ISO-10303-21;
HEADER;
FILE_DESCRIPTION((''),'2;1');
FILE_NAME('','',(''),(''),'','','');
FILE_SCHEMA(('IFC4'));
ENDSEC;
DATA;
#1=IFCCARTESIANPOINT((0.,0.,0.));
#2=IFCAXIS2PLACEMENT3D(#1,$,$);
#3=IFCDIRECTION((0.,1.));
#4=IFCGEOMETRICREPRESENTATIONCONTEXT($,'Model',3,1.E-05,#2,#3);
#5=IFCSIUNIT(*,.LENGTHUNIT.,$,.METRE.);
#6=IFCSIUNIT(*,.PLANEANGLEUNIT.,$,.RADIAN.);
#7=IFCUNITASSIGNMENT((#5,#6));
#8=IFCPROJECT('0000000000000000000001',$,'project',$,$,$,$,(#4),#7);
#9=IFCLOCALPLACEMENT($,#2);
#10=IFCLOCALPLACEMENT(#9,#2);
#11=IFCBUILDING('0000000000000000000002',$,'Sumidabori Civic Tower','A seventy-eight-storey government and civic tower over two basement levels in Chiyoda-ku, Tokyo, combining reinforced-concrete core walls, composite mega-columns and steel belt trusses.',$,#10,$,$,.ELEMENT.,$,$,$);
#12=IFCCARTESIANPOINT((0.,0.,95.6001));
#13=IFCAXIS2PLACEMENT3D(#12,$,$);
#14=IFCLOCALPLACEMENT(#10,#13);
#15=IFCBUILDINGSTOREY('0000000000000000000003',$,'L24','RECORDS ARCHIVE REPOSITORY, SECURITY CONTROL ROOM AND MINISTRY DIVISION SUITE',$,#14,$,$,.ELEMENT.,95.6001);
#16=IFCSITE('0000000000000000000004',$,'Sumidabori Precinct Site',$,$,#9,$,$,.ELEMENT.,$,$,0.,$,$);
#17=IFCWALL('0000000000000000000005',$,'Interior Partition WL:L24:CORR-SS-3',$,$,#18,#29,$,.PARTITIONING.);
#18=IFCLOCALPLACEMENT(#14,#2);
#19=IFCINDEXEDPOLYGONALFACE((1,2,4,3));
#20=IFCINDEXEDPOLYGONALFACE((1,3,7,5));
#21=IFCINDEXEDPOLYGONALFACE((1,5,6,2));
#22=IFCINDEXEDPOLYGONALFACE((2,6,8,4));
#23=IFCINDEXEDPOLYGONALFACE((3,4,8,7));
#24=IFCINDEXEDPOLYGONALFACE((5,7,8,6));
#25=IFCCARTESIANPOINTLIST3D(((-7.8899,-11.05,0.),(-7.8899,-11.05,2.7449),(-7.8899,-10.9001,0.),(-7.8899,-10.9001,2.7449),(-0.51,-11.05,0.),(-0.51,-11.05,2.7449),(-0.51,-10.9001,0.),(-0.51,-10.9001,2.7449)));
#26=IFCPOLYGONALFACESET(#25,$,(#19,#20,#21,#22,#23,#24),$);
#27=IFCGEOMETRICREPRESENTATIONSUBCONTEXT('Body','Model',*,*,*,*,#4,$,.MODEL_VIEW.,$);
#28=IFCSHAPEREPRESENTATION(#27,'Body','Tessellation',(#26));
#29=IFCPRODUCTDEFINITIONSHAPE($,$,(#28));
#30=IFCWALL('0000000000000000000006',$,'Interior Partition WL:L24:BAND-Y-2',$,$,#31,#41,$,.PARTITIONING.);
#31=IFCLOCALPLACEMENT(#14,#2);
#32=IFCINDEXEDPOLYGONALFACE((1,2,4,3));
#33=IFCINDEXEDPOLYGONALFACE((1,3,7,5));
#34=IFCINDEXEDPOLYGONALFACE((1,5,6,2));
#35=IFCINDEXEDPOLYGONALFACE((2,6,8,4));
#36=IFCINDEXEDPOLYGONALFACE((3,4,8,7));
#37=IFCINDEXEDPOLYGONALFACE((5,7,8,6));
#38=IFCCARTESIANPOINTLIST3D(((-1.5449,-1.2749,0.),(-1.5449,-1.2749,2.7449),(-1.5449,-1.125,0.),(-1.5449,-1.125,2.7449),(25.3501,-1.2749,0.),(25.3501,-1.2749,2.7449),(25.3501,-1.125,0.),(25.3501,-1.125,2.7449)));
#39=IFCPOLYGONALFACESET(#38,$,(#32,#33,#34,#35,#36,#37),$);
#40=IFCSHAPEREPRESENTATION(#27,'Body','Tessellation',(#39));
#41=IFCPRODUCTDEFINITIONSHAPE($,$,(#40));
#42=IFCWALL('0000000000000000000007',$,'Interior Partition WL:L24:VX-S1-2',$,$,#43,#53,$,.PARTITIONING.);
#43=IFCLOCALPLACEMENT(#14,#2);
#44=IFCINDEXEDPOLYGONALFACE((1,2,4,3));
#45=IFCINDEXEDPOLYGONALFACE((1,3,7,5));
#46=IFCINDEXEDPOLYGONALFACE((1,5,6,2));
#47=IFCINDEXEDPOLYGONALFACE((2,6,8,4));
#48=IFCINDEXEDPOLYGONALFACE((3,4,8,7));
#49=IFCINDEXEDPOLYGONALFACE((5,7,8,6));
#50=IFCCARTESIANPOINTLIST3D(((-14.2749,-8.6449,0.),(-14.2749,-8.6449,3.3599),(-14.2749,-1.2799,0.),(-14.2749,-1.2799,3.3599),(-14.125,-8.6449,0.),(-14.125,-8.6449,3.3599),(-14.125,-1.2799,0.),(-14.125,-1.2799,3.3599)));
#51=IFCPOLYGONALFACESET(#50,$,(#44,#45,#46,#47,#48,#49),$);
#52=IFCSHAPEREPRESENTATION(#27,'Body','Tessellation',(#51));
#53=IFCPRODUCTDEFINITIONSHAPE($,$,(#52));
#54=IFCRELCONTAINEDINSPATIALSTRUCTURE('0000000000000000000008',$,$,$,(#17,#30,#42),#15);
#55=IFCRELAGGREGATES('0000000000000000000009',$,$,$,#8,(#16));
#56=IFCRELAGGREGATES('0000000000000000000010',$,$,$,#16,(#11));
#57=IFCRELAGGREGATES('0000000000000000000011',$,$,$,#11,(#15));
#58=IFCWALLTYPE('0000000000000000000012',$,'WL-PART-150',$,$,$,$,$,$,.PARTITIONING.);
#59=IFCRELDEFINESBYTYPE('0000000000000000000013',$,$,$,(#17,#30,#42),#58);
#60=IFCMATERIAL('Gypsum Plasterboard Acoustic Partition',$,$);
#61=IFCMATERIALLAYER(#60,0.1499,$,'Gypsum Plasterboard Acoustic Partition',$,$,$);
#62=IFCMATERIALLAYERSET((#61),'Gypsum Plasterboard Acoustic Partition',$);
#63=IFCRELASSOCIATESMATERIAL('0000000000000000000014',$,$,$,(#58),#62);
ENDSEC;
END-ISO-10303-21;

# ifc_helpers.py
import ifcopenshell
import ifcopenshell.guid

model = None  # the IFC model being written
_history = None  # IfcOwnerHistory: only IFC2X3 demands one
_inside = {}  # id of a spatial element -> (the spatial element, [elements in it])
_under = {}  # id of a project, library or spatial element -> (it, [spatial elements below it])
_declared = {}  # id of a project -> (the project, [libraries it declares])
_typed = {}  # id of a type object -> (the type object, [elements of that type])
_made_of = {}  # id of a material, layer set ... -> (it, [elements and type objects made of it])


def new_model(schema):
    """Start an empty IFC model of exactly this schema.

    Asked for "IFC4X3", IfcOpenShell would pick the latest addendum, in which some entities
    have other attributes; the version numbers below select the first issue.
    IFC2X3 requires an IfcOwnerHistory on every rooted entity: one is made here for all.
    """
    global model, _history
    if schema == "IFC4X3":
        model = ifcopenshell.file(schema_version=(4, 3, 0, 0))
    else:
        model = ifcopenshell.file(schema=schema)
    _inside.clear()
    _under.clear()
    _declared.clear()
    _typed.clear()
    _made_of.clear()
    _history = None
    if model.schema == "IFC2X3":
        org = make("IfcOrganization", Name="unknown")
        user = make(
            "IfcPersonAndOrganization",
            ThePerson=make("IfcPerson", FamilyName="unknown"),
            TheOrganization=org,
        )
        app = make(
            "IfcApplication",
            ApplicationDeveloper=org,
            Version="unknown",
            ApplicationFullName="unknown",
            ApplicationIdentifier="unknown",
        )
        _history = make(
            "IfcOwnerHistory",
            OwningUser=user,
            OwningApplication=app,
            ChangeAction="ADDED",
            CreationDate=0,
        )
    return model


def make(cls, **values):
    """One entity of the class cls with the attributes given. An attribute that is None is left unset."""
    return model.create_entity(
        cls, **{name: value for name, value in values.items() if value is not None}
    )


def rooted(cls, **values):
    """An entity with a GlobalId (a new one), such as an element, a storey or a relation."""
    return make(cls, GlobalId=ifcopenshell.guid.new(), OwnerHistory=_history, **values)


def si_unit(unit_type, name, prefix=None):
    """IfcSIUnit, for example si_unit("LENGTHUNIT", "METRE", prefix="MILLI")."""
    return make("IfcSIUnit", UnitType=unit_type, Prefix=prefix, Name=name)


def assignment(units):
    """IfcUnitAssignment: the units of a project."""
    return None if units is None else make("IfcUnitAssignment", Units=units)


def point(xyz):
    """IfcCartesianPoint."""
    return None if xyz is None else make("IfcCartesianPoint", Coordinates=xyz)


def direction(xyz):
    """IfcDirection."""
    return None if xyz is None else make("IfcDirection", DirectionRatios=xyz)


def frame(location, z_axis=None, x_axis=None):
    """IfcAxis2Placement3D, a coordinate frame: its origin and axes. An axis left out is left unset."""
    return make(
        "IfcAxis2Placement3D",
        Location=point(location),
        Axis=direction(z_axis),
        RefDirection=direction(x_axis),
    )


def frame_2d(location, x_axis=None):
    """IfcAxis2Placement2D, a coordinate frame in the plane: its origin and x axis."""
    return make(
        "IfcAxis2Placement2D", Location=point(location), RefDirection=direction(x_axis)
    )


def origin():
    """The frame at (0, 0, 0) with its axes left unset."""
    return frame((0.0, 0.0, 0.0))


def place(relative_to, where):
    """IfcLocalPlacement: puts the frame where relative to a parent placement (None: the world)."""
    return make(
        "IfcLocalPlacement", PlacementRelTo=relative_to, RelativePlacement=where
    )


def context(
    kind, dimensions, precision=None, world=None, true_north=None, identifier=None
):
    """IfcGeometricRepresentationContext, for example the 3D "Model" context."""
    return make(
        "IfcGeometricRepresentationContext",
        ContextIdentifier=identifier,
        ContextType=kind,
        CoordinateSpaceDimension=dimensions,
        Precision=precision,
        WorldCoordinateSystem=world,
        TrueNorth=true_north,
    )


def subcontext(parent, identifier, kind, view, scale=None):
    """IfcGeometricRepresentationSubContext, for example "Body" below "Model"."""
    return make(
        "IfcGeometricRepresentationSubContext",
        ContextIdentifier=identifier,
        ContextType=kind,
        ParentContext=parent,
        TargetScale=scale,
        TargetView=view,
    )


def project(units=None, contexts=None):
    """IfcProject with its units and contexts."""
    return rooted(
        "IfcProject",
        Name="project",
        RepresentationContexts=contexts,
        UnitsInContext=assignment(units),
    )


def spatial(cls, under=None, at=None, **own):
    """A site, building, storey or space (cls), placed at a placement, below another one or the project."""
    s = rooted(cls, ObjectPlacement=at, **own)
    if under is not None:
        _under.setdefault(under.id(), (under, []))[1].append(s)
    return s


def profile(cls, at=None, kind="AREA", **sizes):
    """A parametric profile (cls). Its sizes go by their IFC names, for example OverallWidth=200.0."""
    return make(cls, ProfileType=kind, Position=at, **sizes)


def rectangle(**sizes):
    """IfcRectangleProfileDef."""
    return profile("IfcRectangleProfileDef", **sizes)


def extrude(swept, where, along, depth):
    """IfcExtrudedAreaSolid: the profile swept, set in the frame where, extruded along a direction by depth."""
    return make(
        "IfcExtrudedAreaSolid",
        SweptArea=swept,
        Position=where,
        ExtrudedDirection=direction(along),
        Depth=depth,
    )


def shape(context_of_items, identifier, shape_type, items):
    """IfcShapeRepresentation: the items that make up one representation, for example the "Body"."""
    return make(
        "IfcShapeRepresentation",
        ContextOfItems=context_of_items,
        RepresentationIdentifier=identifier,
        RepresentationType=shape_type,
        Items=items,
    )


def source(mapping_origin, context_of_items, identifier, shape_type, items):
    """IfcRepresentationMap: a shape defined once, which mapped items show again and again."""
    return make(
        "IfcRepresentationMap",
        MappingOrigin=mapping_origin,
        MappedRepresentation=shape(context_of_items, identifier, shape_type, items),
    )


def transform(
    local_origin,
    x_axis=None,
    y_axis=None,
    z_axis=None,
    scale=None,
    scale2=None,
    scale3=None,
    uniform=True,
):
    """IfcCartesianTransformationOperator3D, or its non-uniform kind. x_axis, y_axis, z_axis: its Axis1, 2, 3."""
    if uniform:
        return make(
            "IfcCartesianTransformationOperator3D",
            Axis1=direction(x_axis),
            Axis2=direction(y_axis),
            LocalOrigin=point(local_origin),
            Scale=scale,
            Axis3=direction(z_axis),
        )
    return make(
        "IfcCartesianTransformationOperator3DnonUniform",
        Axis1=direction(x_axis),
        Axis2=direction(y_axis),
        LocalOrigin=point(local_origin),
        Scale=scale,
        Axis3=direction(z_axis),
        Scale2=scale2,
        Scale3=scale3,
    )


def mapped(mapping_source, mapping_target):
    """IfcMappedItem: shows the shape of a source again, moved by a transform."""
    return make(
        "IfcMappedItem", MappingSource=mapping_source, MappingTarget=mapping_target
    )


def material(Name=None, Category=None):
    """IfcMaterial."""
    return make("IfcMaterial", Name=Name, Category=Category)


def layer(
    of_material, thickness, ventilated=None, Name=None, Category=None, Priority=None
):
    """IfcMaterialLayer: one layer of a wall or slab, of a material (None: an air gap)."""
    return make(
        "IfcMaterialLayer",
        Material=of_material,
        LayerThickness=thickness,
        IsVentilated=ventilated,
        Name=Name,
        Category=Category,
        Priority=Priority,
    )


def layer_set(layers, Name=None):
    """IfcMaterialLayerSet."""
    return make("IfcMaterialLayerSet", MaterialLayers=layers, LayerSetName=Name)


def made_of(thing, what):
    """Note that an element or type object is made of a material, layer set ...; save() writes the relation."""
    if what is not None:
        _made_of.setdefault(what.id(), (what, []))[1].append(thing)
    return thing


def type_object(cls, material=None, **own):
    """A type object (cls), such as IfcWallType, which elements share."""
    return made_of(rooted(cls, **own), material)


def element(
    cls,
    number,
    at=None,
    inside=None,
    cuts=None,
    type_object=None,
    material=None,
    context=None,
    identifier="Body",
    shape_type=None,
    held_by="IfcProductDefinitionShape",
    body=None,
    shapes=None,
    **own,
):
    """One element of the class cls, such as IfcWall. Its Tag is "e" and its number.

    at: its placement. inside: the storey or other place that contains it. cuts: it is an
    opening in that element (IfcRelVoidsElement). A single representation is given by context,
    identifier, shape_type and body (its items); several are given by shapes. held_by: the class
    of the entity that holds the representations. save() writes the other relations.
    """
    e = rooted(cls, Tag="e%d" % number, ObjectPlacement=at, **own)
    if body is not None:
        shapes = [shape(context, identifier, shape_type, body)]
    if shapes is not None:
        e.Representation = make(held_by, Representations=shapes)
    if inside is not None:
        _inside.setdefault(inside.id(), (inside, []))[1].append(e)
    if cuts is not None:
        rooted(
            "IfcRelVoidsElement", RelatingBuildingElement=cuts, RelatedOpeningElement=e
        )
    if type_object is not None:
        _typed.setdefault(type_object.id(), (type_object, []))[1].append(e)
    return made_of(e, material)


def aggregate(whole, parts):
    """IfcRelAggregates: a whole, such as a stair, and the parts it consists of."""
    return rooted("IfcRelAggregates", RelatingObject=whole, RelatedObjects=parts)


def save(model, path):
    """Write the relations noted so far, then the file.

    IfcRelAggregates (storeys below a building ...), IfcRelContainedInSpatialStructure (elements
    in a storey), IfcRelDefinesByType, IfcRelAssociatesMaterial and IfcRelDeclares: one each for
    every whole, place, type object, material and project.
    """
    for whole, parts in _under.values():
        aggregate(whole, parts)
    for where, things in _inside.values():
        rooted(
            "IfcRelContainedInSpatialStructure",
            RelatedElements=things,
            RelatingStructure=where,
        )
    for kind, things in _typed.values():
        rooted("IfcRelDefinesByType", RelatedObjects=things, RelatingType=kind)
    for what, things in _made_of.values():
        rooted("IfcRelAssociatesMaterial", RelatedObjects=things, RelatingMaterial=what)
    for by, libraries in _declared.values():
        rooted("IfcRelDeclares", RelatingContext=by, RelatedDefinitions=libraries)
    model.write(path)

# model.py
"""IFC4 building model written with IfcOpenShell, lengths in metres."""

from ifc_helpers import new_model, si_unit, direction, frame, frame_2d, origin, place, context, subcontext, project, spatial, rectangle, extrude, source, transform, mapped, material, layer, layer_set, type_object, element, save


model = new_model("IFC4")

# Units and contexts
model_context = context("Model", 3, precision=1e-05, world=origin(), true_north=direction((0.0, 1.0)))
body_context = subcontext(model_context, "Body", "Model", "MODEL_VIEW")
ifc_project = project(units=[si_unit("LENGTHUNIT", "METRE"), si_unit("PLANEANGLEUNIT", "RADIAN")], contexts=[model_context])

# Site, building, storey
site_placement = place(None, origin())
site = spatial("IfcSite", under=ifc_project, at=site_placement, Name="Sumidabori Precinct Site", CompositionType="ELEMENT", RefElevation=0.0)
building_placement = place(site_placement, origin())
building = spatial("IfcBuilding", under=site, at=building_placement, Name="Sumidabori Civic Tower", Description="A seventy-eight-storey government and civic tower over two basement levels in Chiyoda-ku, Tokyo, combining reinforced-concrete core walls, composite mega-columns and steel belt trusses.", CompositionType="ELEMENT")
storey_placement = place(building_placement, frame((0.0, 0.0, 95.6001)))
storey = spatial("IfcBuildingStorey", under=building, at=storey_placement, Name="L24", Description="RECORDS ARCHIVE REPOSITORY, SECURITY CONTROL ROOM AND MINISTRY DIVISION SUITE", CompositionType="ELEMENT", Elevation=95.6001)

# Shared definitions
ifc_material_1 = material(Name="Gypsum Plasterboard Acoustic Partition")
ifc_layer = layer(ifc_material_1, 0.1499, Name="Gypsum Plasterboard Acoustic Partition")
ifc_layer_set = layer_set([ifc_layer], Name="Gypsum Plasterboard Acoustic Partition")
wall_type = type_object("IfcWallType", Name="WL-PART-150", PredefinedType="PARTITIONING", material=ifc_layer_set)

# Walls
shared_shape_1 = source(origin(), body_context, "Body", "SweptSolid", [
    extrude(rectangle(XDim=7.3799, YDim=0.1499, at=frame_2d((3.6899, 0.0))), origin(), (0.0, 0.0, 1.0), 2.7449),
])
wall_1_placement = place(storey_placement, frame((-7.8899, -10.9751, 0.0), z_axis=(0.0, 0.0, 1.0), x_axis=(1.0, 0.0, 0.0)))
element("IfcWall", 1, at=wall_1_placement, inside=storey, type_object=wall_type, Name="Interior Partition WL:L24:CORR-SS-3", PredefinedType="PARTITIONING", context=body_context, shape_type="MappedRepresentation", body=[
    mapped(shared_shape_1, transform((0.0, 0.0, 0.0), x_axis=(1.0, 0.0, 0.0), y_axis=(0.0, 1.0, 0.0), z_axis=(0.0, 0.0, 1.0), scale=1.0)),
])
shared_shape_2 = source(origin(), body_context, "Body", "SweptSolid", [
    extrude(rectangle(XDim=26.895, YDim=0.1499, at=frame_2d((13.4475, 0.0))), origin(), (0.0, 0.0, 1.0), 2.7449),
])
wall_2_placement = place(storey_placement, frame((-1.5449, -1.2, 0.0), z_axis=(0.0, 0.0, 1.0), x_axis=(1.0, 0.0, 0.0)))
element("IfcWall", 2, at=wall_2_placement, inside=storey, type_object=wall_type, Name="Interior Partition WL:L24:BAND-Y-2", PredefinedType="PARTITIONING", context=body_context, shape_type="MappedRepresentation", body=[
    mapped(shared_shape_2, transform((0.0, 0.0, 0.0), x_axis=(1.0, 0.0, 0.0), y_axis=(0.0, 1.0, 0.0), z_axis=(0.0, 0.0, 1.0), scale=1.0)),
])
shared_shape_3 = source(origin(), body_context, "Body", "SweptSolid", [
    extrude(rectangle(XDim=7.365, YDim=0.1499, at=frame_2d((3.6826, 0.0))), origin(), (0.0, 0.0, 1.0), 3.3599),
])
wall_3_placement = place(storey_placement, frame((-14.2, -8.645, 0.0), z_axis=(0.0, 0.0, 1.0), x_axis=(0.0, 1.0, 0.0)))
element("IfcWall", 3, at=wall_3_placement, inside=storey, type_object=wall_type, Name="Interior Partition WL:L24:VX-S1-2", PredefinedType="PARTITIONING", context=body_context, shape_type="MappedRepresentation", body=[
    mapped(shared_shape_3, transform((0.0, 0.0, 0.0), x_axis=(1.0, 0.0, 0.0), y_axis=(0.0, 1.0, 0.0), z_axis=(0.0, 0.0, 1.0), scale=1.0)),
])

save(model, "model.ifc")
